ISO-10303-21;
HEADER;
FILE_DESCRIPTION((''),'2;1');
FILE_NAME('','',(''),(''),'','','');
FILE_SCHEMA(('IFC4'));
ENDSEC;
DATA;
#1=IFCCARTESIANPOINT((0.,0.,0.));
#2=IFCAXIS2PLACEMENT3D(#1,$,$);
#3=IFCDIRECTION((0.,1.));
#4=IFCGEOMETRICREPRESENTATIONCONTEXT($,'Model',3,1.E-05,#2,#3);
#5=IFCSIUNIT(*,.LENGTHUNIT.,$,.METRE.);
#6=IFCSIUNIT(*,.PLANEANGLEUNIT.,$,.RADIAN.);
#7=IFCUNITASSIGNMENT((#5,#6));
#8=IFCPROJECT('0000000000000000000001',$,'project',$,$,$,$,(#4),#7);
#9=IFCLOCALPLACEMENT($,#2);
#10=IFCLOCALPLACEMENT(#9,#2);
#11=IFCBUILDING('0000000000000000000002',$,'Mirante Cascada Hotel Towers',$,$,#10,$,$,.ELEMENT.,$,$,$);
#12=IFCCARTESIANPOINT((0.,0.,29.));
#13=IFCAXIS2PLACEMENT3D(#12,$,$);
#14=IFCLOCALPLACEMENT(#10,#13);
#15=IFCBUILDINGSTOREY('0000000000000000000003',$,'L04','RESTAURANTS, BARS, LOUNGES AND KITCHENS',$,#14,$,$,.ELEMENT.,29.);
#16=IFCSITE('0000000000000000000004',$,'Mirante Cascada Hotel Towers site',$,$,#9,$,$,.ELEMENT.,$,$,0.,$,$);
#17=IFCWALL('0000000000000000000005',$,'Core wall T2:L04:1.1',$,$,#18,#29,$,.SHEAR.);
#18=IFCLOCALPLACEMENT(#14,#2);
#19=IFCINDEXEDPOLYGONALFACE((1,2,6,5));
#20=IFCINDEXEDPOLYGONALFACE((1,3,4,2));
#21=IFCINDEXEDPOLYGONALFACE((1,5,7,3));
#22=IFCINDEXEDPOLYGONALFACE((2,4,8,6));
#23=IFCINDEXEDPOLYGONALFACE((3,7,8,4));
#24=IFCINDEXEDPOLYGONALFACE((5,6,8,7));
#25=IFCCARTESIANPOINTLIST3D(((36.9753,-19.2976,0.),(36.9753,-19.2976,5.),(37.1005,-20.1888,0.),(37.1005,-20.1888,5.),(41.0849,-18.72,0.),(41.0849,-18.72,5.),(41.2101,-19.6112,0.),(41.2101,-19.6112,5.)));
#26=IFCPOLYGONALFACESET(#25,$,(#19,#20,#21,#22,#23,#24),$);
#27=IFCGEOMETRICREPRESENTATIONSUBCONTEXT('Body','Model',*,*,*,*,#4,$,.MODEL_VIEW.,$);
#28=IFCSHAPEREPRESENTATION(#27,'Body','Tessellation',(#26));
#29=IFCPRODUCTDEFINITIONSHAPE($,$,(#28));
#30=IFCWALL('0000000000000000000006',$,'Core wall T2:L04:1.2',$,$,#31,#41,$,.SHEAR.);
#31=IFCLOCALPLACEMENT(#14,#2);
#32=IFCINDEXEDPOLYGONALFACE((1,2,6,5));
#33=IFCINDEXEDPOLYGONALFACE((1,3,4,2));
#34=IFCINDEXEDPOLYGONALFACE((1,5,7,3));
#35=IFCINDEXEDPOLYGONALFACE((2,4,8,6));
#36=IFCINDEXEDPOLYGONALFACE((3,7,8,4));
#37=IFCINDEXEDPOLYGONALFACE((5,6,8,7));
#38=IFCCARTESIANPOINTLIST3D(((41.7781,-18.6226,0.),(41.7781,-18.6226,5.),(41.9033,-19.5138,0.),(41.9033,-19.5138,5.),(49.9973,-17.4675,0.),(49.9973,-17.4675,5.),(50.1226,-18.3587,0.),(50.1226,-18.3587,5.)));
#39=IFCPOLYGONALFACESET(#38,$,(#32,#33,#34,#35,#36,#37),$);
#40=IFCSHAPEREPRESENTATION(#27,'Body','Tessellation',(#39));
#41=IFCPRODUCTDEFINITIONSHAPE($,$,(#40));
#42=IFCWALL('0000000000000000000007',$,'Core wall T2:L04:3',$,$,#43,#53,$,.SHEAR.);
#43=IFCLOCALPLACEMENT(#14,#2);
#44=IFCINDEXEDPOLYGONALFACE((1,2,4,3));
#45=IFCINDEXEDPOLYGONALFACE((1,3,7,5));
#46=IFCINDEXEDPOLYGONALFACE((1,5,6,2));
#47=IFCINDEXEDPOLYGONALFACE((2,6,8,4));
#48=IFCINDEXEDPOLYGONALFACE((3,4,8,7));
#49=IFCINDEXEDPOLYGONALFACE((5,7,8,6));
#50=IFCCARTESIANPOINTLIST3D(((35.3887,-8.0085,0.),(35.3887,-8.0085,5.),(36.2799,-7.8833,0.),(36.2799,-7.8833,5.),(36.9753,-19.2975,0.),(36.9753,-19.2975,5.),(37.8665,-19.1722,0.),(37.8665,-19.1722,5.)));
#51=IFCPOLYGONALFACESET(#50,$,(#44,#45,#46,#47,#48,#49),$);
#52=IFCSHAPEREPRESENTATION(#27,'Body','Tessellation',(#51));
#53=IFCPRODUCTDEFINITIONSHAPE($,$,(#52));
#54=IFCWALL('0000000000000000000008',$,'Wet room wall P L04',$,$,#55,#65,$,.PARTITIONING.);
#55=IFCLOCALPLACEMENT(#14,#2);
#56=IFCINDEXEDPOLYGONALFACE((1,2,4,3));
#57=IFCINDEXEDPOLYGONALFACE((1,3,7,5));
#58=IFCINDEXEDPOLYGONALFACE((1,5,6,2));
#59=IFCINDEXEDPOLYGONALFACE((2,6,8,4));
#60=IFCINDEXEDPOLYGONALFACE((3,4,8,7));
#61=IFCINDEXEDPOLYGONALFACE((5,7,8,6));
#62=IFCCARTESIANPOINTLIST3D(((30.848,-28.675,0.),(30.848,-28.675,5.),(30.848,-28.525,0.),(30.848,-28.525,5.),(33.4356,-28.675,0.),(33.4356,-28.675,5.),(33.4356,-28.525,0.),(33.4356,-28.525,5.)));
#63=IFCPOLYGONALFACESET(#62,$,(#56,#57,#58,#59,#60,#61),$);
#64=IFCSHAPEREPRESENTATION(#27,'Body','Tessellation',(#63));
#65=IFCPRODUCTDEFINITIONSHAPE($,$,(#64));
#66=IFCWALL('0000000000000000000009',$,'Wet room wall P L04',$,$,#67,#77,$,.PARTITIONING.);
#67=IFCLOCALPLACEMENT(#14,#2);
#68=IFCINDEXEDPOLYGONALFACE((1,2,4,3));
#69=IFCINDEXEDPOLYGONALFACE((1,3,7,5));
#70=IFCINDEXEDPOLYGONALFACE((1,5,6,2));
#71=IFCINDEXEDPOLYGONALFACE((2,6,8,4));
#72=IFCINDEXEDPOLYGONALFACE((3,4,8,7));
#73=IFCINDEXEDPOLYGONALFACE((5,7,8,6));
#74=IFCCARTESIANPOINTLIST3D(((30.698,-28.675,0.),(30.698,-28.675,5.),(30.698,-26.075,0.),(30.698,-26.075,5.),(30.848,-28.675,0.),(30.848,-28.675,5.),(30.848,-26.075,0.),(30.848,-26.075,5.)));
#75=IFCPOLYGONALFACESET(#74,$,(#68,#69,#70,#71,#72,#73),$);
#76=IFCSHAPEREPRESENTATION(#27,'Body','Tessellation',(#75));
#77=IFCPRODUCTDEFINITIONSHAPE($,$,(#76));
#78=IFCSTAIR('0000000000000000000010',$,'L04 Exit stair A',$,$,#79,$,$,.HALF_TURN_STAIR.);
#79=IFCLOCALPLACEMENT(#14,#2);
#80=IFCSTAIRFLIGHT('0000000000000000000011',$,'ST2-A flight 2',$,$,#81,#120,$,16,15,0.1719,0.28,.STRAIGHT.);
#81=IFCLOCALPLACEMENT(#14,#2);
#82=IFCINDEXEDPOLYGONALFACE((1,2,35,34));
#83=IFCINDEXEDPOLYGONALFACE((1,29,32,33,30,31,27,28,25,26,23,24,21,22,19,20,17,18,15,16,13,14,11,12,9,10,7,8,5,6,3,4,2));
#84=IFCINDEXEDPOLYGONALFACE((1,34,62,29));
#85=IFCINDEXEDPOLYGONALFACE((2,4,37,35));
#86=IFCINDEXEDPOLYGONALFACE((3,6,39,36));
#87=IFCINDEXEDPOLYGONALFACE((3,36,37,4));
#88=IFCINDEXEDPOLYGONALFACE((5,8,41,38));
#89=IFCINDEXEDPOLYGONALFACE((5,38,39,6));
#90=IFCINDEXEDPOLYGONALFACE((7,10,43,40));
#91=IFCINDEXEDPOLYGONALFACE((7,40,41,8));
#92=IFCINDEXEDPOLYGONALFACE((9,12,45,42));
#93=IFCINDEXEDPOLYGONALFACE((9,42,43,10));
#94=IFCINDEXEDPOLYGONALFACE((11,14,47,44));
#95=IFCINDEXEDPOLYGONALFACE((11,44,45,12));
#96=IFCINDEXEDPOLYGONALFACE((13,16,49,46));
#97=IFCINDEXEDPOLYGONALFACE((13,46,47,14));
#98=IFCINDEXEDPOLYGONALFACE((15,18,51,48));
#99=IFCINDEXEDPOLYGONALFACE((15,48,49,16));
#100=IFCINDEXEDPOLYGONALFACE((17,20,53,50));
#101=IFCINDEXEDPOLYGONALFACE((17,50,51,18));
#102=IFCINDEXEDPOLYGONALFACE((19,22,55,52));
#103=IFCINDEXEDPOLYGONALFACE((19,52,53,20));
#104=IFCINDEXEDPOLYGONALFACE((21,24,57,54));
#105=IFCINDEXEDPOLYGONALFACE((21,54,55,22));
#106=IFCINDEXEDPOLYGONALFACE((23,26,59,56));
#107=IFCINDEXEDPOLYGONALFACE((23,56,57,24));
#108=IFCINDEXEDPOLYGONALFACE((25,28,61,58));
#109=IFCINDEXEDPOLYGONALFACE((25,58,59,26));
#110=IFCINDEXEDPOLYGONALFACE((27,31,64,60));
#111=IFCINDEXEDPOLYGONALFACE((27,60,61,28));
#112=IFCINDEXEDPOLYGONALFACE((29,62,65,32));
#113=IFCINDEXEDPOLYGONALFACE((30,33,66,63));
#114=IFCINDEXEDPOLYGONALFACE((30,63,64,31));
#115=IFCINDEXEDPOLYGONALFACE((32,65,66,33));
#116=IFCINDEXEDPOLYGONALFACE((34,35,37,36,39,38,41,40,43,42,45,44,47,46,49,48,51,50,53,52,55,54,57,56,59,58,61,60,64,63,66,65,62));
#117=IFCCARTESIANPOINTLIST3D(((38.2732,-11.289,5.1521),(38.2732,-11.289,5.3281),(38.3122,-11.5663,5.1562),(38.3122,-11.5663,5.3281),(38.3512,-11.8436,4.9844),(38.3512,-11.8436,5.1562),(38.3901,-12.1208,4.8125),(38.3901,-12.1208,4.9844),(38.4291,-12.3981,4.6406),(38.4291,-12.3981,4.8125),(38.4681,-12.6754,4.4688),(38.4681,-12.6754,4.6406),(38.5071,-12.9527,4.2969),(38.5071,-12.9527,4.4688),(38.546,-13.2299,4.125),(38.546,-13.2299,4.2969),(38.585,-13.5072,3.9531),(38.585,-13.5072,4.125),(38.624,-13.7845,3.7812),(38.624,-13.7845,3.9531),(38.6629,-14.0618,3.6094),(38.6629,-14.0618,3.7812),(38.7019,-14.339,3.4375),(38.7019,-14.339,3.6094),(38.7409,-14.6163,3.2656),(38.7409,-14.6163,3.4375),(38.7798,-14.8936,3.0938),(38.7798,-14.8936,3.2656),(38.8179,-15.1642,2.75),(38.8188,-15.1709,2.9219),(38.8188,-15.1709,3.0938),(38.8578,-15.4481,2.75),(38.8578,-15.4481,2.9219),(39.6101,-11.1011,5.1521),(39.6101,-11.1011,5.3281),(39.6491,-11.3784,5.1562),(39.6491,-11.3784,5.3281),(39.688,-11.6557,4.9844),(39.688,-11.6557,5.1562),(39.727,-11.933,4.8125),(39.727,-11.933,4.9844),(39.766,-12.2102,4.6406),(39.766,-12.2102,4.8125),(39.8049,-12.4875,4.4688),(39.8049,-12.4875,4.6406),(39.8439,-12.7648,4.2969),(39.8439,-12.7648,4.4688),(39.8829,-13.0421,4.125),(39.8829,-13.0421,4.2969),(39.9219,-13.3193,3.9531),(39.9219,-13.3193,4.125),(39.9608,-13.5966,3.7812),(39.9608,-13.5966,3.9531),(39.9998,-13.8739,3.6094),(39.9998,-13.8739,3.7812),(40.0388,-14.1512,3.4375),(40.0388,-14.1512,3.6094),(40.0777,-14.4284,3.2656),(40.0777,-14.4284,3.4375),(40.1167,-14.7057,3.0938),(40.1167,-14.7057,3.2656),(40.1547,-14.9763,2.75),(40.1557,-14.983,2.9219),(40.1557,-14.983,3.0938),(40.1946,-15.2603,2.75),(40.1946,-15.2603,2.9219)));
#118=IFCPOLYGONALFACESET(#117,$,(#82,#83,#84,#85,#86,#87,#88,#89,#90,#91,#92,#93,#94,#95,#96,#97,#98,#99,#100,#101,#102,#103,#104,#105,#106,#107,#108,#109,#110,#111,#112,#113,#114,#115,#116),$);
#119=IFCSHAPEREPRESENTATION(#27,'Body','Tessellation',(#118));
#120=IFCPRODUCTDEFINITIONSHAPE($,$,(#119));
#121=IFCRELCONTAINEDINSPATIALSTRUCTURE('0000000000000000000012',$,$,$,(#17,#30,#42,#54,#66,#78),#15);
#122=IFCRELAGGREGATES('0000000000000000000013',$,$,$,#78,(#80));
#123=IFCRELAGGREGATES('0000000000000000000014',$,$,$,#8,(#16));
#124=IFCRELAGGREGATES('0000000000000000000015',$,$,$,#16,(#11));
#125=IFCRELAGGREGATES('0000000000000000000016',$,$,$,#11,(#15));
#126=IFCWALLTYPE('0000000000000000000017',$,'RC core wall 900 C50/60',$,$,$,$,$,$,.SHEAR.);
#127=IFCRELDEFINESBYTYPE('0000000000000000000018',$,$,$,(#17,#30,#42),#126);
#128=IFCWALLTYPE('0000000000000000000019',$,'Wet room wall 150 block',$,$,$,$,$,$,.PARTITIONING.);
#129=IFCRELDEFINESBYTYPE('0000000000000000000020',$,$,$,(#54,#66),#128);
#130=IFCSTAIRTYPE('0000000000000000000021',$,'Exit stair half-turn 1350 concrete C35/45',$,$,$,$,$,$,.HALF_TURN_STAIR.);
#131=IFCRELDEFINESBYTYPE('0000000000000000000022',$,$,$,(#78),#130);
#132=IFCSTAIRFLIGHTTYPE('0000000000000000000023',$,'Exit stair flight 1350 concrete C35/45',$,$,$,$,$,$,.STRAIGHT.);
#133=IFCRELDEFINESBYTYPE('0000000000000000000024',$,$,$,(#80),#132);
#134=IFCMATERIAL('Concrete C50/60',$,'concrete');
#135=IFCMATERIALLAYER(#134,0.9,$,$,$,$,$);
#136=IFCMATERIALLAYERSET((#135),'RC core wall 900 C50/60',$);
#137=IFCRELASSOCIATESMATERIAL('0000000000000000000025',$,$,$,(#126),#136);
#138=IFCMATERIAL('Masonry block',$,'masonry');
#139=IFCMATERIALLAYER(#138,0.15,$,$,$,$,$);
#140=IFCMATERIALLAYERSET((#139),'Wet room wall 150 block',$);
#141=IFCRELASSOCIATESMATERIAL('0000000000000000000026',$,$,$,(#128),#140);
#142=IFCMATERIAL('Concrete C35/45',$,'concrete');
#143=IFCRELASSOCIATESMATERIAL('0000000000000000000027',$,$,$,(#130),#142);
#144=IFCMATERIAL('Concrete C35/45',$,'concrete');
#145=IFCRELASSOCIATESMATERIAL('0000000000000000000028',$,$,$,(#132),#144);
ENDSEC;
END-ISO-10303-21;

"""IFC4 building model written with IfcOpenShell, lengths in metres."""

from ifc_helpers import new_model, si_unit, direction, frame, frame_2d, origin, place, context, subcontext, project, spatial, polyline, rectangle, outline, extrude, material, layer, layer_set, type_object, element, aggregate, save


model = new_model("IFC4")

# Units and contexts
model_context = context("Model", 3, precision=1e-05, world=origin(), true_north=direction((0.0, 1.0)))
body_context = subcontext(model_context, "Body", "Model", "MODEL_VIEW")
ifc_project = project(units=[si_unit("LENGTHUNIT", "METRE"), si_unit("PLANEANGLEUNIT", "RADIAN")], contexts=[model_context])

# Site, building, storey
site_placement = place(None, origin())
site = spatial("IfcSite", under=ifc_project, at=site_placement, Name="Mirante Cascada Hotel Towers site", CompositionType="ELEMENT", RefElevation=0.0)
building_placement = place(site_placement, origin())
building = spatial("IfcBuilding", under=site, at=building_placement, Name="Mirante Cascada Hotel Towers", CompositionType="ELEMENT")
storey_placement = place(building_placement, frame((0.0, 0.0, 29.0)))
storey = spatial("IfcBuildingStorey", under=building, at=storey_placement, Name="L04", Description="RESTAURANTS, BARS, LOUNGES AND KITCHENS", CompositionType="ELEMENT", Elevation=29.0)

# Walls
ifc_material_1 = material(Name="Concrete C50/60", Category="concrete")
ifc_layer_1 = layer(ifc_material_1, 0.9)
ifc_layer_set_1 = layer_set([ifc_layer_1], Name="RC core wall 900 C50/60")
wall_type_1 = type_object("IfcWallType", Name="RC core wall 900 C50/60", PredefinedType="SHEAR", material=ifc_layer_set_1)
wall_1_placement = place(storey_placement, frame((37.0379, -19.7432, 0.0), z_axis=(0.0, 0.0, 1.0), x_axis=(0.990267, 0.139181, 0.0)))
element("IfcWall", 1, at=wall_1_placement, inside=storey, type_object=wall_type_1, Name="Core wall T2:L04:1.1", PredefinedType="SHEAR", context=body_context, shape_type="SweptSolid", body=[
    extrude(rectangle(XDim=4.15, YDim=0.9, at=frame_2d((2.075, 0.0))), origin(), (0.0, 0.0, 1.0), 5.0),
])
wall_2_placement = place(storey_placement, frame((41.8407, -19.0682, 0.0), z_axis=(0.0, 0.0, 1.0), x_axis=(0.990269, 0.139169, 0.0)))
element("IfcWall", 2, at=wall_2_placement, inside=storey, type_object=wall_type_1, Name="Core wall T2:L04:1.2", PredefinedType="SHEAR", context=body_context, shape_type="SweptSolid", body=[
    extrude(rectangle(XDim=8.3, YDim=0.9, at=frame_2d((4.15, 0.0))), origin(), (0.0, 0.0, 1.0), 5.0),
])
wall_3_placement = place(storey_placement, frame((37.4209, -19.2349, 0.0), z_axis=(0.0, 0.0, 1.0), x_axis=(-0.139176, 0.990268, 0.0)))
element("IfcWall", 3, at=wall_3_placement, inside=storey, type_object=wall_type_1, Name="Core wall T2:L04:3", PredefinedType="SHEAR", context=body_context, shape_type="SweptSolid", body=[
    extrude(rectangle(XDim=11.3999, YDim=0.9, at=frame_2d((5.7, 0.0))), origin(), (0.0, 0.0, 1.0), 5.0),
])
ifc_material_2 = material(Name="Masonry block", Category="masonry")
ifc_layer_2 = layer(ifc_material_2, 0.15)
ifc_layer_set_2 = layer_set([ifc_layer_2], Name="Wet room wall 150 block")
wall_type_2 = type_object("IfcWallType", Name="Wet room wall 150 block", PredefinedType="PARTITIONING", material=ifc_layer_set_2)
wall_4_placement = place(storey_placement, frame((30.848, -28.6, 0.0), z_axis=(0.0, 0.0, 1.0), x_axis=(1.0, 0.0, 0.0)))
element("IfcWall", 4, at=wall_4_placement, inside=storey, type_object=wall_type_2, Name="Wet room wall P L04", PredefinedType="PARTITIONING", context=body_context, shape_type="SweptSolid", body=[
    extrude(rectangle(XDim=2.5875, YDim=0.15, at=frame_2d((1.2938, 0.0))), origin(), (0.0, 0.0, 1.0), 5.0),
])
wall_5_placement = place(storey_placement, frame((30.773, -28.675, 0.0), z_axis=(0.0, 0.0, 1.0), x_axis=(0.0, 1.0, 0.0)))
element("IfcWall", 5, at=wall_5_placement, inside=storey, type_object=wall_type_2, Name="Wet room wall P L04", PredefinedType="PARTITIONING", context=body_context, shape_type="SweptSolid", body=[
    extrude(rectangle(XDim=2.6, YDim=0.15, at=frame_2d((1.3, 0.0))), origin(), (0.0, 0.0, 1.0), 5.0),
])

# Stair, stair flight
ifc_material_3 = material(Name="Concrete C35/45", Category="concrete")
stair_type = type_object("IfcStairType", Name="Exit stair half-turn 1350 concrete C35/45", PredefinedType="HALF_TURN_STAIR", material=ifc_material_3)
stair_placement = place(storey_placement, origin())
stair = element("IfcStair", 6, at=stair_placement, inside=storey, type_object=stair_type, Name="L04 Exit stair A", PredefinedType="HALF_TURN_STAIR")
ifc_material_4 = material(Name="Concrete C35/45", Category="concrete")
stair_flight_type = type_object("IfcStairFlightType", Name="Exit stair flight 1350 concrete C35/45", PredefinedType="STRAIGHT", material=ifc_material_4)
stair_flight_placement = place(storey_placement, frame((39.5262, -15.3542, 2.75), z_axis=(0.0, 0.0, 1.0), x_axis=(-0.139173, 0.990268, 0.0)))
stair_flight = element("IfcStairFlight", 7, at=stair_flight_placement, type_object=stair_flight_type, Name="ST2-A flight 2", NumberOfRisers=16, NumberOfTreads=15, PredefinedType="STRAIGHT", RiserHeight=0.1719, TreadLength=0.28, context=body_context, shape_type="SweptSolid", body=[
    extrude(outline(polyline([(0.0, 0.0), (0.0, 0.1719), (0.28, 0.1719), (0.28, 0.3438), (0.56, 0.3438), (0.56, 0.5156), (0.84, 0.5156), (0.84, 0.6875), (1.12, 0.6875), (1.12, 0.8594), (1.4, 0.8594), (1.4, 1.0312), (1.68, 1.0312), (1.68, 1.2031), (1.96, 1.2031), (1.96, 1.375), (2.24, 1.375), (2.24, 1.5469), (2.52, 1.5469), (2.52, 1.7188), (2.8, 1.7188), (2.8, 1.8906), (3.08, 1.8906), (3.08, 2.0625), (3.36, 2.0625), (3.36, 2.2344), (3.64, 2.2344), (3.64, 2.4062), (3.92, 2.4062), (3.92, 2.5781), (4.2, 2.5781), (4.2, 2.75), (4.2, 2.4021), (0.2867, 0.0), (0.0, 0.0)])), frame((0.0, 0.675, 0.0), z_axis=(0.0, -1.0, 0.0), x_axis=(1.0, 0.0, 0.0)), (0.0, 0.0, 1.0), 1.35),
])
aggregate(stair, [stair_flight])

save(model, "model.ifc")
